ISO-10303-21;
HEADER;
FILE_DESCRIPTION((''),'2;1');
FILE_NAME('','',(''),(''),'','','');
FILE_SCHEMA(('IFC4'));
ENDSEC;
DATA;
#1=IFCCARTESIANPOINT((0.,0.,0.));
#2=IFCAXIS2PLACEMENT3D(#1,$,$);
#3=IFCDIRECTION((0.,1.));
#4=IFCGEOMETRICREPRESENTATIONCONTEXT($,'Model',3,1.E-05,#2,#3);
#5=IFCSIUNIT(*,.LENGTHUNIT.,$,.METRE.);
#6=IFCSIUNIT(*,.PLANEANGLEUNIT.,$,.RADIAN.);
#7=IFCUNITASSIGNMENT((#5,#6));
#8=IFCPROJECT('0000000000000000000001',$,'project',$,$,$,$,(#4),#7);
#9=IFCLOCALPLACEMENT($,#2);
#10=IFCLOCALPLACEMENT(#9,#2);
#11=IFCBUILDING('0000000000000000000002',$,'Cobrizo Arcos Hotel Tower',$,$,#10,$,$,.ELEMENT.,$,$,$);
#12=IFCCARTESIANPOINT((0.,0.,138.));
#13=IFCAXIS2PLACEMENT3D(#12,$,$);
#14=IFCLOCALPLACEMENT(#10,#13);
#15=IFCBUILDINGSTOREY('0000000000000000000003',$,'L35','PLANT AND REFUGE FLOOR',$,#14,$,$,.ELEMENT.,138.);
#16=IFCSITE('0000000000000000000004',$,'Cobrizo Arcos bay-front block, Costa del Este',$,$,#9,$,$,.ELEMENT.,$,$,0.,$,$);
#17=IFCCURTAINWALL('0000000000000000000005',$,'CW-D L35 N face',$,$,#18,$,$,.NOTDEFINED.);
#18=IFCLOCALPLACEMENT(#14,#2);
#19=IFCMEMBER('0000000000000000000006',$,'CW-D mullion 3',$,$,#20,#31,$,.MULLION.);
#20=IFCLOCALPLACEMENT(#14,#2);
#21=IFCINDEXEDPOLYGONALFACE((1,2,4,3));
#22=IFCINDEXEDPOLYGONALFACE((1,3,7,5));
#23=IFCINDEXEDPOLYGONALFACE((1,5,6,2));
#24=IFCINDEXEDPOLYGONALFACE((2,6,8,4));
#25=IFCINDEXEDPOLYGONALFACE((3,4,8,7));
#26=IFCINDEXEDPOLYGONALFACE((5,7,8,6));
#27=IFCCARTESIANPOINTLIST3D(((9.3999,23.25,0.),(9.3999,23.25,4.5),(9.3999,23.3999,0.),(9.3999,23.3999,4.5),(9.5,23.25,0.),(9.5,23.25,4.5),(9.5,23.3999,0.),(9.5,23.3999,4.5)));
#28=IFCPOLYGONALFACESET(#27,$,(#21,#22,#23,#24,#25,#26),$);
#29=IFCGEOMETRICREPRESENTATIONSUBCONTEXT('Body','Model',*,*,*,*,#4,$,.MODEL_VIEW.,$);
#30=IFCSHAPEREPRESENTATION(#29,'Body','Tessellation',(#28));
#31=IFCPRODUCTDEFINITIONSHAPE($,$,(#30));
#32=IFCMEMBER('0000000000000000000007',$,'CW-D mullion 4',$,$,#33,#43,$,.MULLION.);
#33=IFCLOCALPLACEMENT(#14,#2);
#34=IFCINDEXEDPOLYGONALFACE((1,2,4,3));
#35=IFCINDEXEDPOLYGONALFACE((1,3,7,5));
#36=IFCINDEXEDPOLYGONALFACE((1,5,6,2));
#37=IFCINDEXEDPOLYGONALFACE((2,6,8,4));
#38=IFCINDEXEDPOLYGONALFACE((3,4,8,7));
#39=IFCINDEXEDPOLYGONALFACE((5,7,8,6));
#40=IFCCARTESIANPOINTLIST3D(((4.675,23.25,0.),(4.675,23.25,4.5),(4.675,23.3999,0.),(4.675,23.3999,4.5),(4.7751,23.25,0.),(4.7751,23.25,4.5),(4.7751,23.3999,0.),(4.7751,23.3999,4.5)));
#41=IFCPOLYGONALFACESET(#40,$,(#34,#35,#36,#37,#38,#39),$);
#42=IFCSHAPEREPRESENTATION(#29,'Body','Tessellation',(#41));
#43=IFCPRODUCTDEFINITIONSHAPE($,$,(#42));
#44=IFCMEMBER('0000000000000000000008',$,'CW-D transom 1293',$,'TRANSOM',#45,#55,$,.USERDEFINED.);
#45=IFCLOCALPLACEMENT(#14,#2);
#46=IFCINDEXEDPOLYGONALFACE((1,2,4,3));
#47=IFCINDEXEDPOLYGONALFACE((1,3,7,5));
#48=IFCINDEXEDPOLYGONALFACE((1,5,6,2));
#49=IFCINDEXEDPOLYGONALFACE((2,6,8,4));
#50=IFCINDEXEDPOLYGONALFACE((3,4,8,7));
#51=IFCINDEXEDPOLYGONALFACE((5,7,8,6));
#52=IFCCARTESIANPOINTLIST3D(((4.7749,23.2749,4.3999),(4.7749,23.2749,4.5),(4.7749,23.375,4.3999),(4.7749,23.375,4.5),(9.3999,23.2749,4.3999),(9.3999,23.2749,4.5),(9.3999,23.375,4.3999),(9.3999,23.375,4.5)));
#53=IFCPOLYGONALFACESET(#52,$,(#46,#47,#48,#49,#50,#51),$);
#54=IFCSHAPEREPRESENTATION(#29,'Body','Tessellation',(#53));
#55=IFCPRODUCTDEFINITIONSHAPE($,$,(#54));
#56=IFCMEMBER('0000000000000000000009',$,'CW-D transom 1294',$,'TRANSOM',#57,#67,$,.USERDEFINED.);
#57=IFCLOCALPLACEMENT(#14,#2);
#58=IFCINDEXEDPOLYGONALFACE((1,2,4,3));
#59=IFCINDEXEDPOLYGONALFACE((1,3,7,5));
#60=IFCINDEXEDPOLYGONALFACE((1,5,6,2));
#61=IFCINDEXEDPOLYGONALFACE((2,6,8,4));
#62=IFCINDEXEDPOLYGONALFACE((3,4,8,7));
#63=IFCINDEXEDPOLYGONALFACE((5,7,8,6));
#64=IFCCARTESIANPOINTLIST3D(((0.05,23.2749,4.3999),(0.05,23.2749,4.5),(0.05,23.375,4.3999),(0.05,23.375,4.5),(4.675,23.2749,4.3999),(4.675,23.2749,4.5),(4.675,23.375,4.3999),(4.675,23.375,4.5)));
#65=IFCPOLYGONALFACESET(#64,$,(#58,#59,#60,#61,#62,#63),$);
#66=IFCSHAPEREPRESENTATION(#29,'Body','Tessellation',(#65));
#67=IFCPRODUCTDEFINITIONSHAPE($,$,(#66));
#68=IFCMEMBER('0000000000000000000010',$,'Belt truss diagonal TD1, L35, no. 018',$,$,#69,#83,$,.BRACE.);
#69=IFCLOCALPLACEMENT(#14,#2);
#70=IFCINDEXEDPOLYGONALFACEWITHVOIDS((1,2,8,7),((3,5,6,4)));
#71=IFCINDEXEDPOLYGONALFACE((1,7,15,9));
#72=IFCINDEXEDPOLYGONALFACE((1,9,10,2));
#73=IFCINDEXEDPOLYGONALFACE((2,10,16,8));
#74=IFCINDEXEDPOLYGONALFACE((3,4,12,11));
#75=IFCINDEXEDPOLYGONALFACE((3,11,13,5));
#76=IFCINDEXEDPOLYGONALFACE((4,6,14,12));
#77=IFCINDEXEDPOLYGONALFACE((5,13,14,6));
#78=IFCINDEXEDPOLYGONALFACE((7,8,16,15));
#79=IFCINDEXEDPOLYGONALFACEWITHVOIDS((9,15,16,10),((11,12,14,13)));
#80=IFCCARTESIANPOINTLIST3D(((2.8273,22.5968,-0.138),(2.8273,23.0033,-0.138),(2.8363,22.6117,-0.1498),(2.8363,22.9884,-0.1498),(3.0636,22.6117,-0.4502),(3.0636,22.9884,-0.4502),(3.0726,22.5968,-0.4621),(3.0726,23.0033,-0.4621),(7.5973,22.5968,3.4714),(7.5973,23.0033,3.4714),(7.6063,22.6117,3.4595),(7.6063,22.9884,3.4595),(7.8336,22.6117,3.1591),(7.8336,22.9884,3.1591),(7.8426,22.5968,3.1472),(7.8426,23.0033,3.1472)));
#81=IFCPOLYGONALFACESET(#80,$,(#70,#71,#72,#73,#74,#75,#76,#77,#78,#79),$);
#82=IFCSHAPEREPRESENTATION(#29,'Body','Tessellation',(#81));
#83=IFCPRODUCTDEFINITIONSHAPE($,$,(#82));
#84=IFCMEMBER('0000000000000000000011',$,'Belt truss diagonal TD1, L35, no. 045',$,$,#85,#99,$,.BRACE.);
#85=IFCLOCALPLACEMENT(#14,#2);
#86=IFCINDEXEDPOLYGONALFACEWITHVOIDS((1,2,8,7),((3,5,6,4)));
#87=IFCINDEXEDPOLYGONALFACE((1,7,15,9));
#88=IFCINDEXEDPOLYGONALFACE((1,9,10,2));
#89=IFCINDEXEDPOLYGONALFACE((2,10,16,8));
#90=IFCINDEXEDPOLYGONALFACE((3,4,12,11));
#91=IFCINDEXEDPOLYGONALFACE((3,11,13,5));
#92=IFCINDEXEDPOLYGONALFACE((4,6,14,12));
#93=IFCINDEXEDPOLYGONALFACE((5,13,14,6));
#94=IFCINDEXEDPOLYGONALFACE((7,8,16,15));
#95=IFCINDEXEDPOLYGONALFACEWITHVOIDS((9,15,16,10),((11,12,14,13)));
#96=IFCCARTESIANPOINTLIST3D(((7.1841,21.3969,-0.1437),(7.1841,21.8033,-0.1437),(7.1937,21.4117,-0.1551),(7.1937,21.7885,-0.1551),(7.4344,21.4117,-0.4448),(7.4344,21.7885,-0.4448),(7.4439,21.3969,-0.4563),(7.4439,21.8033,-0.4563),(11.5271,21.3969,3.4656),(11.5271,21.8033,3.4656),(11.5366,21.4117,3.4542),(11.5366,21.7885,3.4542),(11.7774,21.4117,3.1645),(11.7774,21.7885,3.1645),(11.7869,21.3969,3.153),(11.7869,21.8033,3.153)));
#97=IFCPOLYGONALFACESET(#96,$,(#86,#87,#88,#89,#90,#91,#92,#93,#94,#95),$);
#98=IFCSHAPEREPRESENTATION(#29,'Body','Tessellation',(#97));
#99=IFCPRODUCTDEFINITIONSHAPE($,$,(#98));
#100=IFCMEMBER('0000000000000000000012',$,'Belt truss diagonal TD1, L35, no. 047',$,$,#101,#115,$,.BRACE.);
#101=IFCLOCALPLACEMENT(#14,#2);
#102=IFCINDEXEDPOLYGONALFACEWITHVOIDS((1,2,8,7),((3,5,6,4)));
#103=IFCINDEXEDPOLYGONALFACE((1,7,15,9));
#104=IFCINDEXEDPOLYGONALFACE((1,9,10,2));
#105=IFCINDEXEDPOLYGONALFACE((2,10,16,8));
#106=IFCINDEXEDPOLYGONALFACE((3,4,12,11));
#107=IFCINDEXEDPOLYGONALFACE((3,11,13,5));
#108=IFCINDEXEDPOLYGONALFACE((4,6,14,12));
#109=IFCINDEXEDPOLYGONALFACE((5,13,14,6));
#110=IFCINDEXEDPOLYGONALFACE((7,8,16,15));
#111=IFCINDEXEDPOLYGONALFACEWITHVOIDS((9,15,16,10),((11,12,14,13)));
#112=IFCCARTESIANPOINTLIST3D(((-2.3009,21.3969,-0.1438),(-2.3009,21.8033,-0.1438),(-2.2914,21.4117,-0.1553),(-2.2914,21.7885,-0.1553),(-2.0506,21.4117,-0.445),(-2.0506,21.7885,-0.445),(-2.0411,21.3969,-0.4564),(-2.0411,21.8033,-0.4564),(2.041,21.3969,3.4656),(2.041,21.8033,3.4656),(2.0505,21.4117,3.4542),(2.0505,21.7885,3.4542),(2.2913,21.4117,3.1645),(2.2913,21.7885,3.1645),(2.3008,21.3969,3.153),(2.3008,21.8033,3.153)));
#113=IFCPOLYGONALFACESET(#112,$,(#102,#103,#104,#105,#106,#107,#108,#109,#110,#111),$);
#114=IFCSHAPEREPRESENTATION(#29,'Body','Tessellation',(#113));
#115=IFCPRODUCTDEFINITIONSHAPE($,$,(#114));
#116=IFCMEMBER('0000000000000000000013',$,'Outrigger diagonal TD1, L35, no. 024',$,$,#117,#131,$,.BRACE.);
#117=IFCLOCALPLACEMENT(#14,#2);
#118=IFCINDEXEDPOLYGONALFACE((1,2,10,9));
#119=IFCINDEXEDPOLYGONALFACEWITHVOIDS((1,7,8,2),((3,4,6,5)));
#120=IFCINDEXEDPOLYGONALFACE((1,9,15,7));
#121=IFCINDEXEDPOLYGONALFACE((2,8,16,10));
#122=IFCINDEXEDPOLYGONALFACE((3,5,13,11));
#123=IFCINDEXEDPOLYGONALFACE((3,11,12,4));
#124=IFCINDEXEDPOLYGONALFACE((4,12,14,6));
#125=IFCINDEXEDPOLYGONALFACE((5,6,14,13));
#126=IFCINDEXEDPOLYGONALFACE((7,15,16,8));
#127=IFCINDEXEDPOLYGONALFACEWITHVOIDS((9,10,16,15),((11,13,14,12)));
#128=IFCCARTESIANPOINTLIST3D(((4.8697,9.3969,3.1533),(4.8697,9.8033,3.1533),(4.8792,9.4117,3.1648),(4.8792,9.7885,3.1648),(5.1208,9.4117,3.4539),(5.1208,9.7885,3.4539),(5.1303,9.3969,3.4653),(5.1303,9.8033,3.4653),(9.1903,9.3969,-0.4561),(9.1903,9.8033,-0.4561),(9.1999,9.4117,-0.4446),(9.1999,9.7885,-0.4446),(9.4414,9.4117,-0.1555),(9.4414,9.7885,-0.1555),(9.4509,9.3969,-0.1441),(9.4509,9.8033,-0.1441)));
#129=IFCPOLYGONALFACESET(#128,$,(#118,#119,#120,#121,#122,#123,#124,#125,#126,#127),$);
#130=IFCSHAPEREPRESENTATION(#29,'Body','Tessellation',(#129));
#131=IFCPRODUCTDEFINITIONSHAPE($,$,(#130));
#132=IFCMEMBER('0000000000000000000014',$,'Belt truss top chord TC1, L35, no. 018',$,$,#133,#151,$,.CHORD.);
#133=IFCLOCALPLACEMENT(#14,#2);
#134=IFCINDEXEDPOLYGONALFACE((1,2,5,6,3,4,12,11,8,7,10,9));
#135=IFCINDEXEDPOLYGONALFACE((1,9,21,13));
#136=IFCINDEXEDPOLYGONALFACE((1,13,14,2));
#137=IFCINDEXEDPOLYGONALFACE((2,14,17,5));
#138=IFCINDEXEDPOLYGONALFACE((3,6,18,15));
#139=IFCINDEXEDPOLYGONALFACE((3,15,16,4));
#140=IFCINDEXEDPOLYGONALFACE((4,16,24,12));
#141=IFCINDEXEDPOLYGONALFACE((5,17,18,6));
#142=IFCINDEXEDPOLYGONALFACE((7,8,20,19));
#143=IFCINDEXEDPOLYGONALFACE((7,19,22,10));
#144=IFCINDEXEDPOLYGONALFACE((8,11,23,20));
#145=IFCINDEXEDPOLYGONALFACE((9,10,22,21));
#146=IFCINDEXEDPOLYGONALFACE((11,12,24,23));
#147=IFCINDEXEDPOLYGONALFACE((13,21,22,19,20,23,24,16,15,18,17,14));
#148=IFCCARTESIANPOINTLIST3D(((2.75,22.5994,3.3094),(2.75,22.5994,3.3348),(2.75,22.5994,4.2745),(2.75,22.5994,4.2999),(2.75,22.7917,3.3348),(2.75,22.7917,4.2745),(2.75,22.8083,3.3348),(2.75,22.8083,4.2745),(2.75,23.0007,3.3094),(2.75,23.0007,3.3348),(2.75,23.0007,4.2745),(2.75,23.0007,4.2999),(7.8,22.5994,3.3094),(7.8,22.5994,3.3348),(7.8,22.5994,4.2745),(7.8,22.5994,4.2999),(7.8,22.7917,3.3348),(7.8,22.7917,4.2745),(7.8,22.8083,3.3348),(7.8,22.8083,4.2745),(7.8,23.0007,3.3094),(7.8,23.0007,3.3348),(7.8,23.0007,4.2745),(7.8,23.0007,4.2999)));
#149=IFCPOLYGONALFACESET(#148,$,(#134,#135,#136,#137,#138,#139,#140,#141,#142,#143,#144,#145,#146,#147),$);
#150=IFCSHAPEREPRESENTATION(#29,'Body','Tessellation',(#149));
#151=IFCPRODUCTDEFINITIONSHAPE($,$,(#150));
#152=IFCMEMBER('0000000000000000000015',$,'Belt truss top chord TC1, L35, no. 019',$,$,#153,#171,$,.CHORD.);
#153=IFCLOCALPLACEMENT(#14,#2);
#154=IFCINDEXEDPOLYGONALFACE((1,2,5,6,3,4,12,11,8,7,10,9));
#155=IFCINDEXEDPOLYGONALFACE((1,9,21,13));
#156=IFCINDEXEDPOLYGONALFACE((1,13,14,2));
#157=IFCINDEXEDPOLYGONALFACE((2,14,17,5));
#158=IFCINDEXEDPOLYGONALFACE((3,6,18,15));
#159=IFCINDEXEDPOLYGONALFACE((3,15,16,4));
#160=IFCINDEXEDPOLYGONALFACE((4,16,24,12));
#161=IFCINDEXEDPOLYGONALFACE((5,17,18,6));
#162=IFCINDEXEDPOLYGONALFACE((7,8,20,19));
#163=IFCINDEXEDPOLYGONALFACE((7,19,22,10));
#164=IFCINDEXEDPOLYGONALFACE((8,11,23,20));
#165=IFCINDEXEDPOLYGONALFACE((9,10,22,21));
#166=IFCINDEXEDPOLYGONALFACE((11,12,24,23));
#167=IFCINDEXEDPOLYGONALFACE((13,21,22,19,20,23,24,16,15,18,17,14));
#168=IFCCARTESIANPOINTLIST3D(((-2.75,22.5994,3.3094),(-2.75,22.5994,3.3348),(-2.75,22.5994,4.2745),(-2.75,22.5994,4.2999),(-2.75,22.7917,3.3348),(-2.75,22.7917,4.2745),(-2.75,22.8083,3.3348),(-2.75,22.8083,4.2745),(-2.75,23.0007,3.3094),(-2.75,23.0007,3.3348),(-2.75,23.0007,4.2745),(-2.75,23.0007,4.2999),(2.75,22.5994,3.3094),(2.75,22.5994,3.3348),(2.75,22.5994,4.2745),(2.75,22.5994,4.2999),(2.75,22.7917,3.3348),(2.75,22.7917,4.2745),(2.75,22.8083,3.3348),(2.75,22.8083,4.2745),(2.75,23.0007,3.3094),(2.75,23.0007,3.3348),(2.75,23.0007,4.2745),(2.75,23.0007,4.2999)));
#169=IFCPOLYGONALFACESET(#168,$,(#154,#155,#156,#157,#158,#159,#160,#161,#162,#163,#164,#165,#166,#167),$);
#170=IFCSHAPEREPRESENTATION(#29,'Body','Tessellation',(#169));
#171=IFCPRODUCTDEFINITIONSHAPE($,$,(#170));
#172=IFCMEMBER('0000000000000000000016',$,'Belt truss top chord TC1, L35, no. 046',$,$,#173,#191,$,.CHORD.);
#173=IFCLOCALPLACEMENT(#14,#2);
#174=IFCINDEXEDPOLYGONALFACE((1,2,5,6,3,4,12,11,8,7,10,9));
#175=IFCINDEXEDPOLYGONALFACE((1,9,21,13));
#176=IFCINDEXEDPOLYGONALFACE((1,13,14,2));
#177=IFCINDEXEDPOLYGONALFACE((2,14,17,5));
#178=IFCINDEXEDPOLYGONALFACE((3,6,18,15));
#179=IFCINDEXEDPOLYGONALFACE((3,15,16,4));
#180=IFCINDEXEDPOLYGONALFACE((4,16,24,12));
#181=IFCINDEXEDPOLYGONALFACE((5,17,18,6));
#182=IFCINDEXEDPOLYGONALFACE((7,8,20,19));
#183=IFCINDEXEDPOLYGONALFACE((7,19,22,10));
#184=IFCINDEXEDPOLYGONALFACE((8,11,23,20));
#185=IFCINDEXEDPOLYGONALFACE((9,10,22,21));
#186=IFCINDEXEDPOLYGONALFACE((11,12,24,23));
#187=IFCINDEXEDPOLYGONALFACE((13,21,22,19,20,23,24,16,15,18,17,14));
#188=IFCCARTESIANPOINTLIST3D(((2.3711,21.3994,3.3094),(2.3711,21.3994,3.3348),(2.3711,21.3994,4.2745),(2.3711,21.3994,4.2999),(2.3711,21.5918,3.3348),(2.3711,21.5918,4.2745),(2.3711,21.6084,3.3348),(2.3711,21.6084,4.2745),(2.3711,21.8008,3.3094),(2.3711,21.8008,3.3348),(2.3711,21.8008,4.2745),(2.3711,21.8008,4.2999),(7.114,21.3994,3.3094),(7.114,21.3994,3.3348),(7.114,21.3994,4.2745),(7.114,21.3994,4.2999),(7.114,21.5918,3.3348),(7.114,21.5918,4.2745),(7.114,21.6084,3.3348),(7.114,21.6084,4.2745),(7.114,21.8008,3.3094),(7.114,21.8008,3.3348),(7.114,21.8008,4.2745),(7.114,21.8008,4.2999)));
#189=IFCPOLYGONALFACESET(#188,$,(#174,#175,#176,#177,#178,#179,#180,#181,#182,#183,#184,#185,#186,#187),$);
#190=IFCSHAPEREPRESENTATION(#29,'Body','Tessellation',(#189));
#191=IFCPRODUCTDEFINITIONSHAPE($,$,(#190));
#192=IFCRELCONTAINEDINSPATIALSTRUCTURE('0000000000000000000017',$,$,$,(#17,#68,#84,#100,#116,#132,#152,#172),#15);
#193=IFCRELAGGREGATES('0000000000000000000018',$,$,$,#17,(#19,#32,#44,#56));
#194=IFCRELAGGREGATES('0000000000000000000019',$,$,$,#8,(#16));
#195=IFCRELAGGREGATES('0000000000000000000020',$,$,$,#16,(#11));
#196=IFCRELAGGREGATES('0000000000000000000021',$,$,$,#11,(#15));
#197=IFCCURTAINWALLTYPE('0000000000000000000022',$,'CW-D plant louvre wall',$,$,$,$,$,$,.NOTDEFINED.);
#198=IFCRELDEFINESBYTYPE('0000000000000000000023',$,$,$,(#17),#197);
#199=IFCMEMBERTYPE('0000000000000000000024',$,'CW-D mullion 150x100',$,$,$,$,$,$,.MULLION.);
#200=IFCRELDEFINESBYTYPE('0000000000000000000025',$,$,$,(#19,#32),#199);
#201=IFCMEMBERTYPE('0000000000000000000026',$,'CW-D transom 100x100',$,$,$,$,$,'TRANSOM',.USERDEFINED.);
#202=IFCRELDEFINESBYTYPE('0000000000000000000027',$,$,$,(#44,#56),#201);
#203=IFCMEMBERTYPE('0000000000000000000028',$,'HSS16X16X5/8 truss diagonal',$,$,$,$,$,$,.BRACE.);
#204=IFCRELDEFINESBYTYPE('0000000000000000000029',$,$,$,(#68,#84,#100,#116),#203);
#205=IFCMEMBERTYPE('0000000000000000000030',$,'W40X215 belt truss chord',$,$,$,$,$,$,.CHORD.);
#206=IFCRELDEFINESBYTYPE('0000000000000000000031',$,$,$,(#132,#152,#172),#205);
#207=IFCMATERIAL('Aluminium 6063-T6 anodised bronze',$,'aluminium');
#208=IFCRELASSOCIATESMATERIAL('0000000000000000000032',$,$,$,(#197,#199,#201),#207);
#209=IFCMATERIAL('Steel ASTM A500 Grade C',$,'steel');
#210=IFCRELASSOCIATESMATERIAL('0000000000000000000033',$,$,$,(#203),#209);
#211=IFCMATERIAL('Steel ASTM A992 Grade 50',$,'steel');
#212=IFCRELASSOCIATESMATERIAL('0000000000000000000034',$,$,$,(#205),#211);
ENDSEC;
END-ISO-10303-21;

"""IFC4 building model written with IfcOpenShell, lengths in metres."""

from ifc_helpers import new_model, si_unit, direction, frame, origin, origin_2d, place, context, subcontext, project, spatial, rectangle, hollow_rectangle, i_section, extrude, material, material_profile, profile_set, type_object, element, aggregate, save


model = new_model("IFC4")

# Units and contexts
model_context = context("Model", 3, precision=1e-05, world=origin(), true_north=direction((0.0, 1.0)))
body_context = subcontext(model_context, "Body", "Model", "MODEL_VIEW")
ifc_project = project(units=[si_unit("LENGTHUNIT", "METRE"), si_unit("PLANEANGLEUNIT", "RADIAN")], contexts=[model_context])

# Site, building, storey
site_placement = place(None, origin())
site = spatial("IfcSite", under=ifc_project, at=site_placement, Name="Cobrizo Arcos bay-front block, Costa del Este", CompositionType="ELEMENT", RefElevation=0.0)
building_placement = place(site_placement, origin())
building = spatial("IfcBuilding", under=site, at=building_placement, Name="Cobrizo Arcos Hotel Tower", CompositionType="ELEMENT")
storey_placement = place(building_placement, frame((0.0, 0.0, 138.0)))
storey = spatial("IfcBuildingStorey", under=building, at=storey_placement, Name="L35", Description="PLANT AND REFUGE FLOOR", CompositionType="ELEMENT", Elevation=138.0)

# Curtain wall, members
ifc_material_1 = material(Name="Aluminium 6063-T6 anodised bronze", Category="aluminium")
curtain_wall_type = type_object("IfcCurtainWallType", Name="CW-D plant louvre wall", PredefinedType="NOTDEFINED", material=ifc_material_1)
curtain_wall_placement = place(storey_placement, origin())
curtain_wall = element("IfcCurtainWall", 1, at=curtain_wall_placement, inside=storey, type_object=curtain_wall_type, Name="CW-D L35 N face", PredefinedType="NOTDEFINED")
ifc_material_profile_1 = material_profile(ifc_material_1, rectangle(XDim=0.1499, YDim=0.1001, at=origin_2d()), Name="CW-D mullion 150x100")
ifc_profile_set_1 = profile_set([ifc_material_profile_1], Name="Aluminium 6063-T6 anodised bronze")
member_type_1 = type_object("IfcMemberType", Name="CW-D mullion 150x100", PredefinedType="MULLION", material=ifc_profile_set_1)
member_1_placement = place(storey_placement, frame((9.45, 23.325, 0.0), z_axis=(0.0, 0.0, 1.0), x_axis=(0.0, 1.0, 0.0)))
member_1 = element("IfcMember", 2, at=member_1_placement, type_object=member_type_1, Name="CW-D mullion 3", PredefinedType="MULLION", context=body_context, shape_type="SweptSolid", body=[
    extrude(rectangle(XDim=0.1499, YDim=0.1001, at=origin_2d()), origin(), (0.0, 0.0, 1.0), 4.5),
])
member_2_placement = place(storey_placement, frame((4.7251, 23.325, 0.0), z_axis=(0.0, 0.0, 1.0), x_axis=(0.0, 1.0, 0.0)))
member_2 = element("IfcMember", 3, at=member_2_placement, type_object=member_type_1, Name="CW-D mullion 4", PredefinedType="MULLION", context=body_context, shape_type="SweptSolid", body=[
    extrude(rectangle(XDim=0.1499, YDim=0.1001, at=origin_2d()), origin(), (0.0, 0.0, 1.0), 4.5),
])
ifc_material_profile_2 = material_profile(ifc_material_1, rectangle(XDim=0.1001, YDim=0.1001, at=origin_2d()), Name="CW-D transom 100x100")
ifc_profile_set_2 = profile_set([ifc_material_profile_2], Name="Aluminium 6063-T6 anodised bronze")
member_type_2 = type_object("IfcMemberType", Name="CW-D transom 100x100", ElementType="TRANSOM", PredefinedType="USERDEFINED", material=ifc_profile_set_2)
member_3_placement = place(storey_placement, frame((9.3999, 23.325, 4.45), z_axis=(-1.0, 0.0, 0.0), x_axis=(0.0, -1.0, 0.0)))
member_3 = element("IfcMember", 4, at=member_3_placement, type_object=member_type_2, Name="CW-D transom 1293", ObjectType="TRANSOM", PredefinedType="USERDEFINED", context=body_context, shape_type="SweptSolid", body=[
    extrude(rectangle(XDim=0.1001, YDim=0.1001, at=origin_2d()), origin(), (0.0, 0.0, 1.0), 4.625),
])
member_4_placement = place(storey_placement, frame((4.675, 23.325, 4.45), z_axis=(-1.0, 0.0, 0.0), x_axis=(0.0, -1.0, 0.0)))
member_4 = element("IfcMember", 5, at=member_4_placement, type_object=member_type_2, Name="CW-D transom 1294", ObjectType="TRANSOM", PredefinedType="USERDEFINED", context=body_context, shape_type="SweptSolid", body=[
    extrude(rectangle(XDim=0.1001, YDim=0.1001, at=origin_2d()), origin(), (0.0, 0.0, 1.0), 4.625),
])

# Members
ifc_material_2 = material(Name="Steel ASTM A500 Grade C", Category="steel")
ifc_material_profile_3 = material_profile(ifc_material_2, hollow_rectangle(XDim=0.4065, YDim=0.4065, WallThickness=0.0149, at=origin_2d()), Name="HSS16X16X5/8")
ifc_profile_set_3 = profile_set([ifc_material_profile_3], Name="Steel ASTM A500 Grade C")
member_type_3 = type_object("IfcMemberType", Name="HSS16X16X5/8 truss diagonal", PredefinedType="BRACE", material=ifc_profile_set_3)
member_5_placement = place(storey_placement, frame((7.72, 22.8, 3.3093), z_axis=(-0.797436, 0.0, -0.603403), x_axis=(0.0, -1.0, 0.0)))
element("IfcMember", 6, at=member_5_placement, inside=storey, type_object=member_type_3, Name="Belt truss diagonal TD1, L35, no. 018", PredefinedType="BRACE", context=body_context, shape_type="SweptSolid", body=[
    extrude(hollow_rectangle(XDim=0.4065, YDim=0.4065, WallThickness=0.0149, at=origin_2d()), origin(), (0.0, 0.0, 1.0), 5.9817),
])
member_6_placement = place(storey_placement, frame((11.657, 21.6001, 3.3093), z_axis=(-0.769075, 0.0, -0.639159), x_axis=(0.0, -1.0, 0.0)))
element("IfcMember", 7, at=member_6_placement, inside=storey, type_object=member_type_3, Name="Belt truss diagonal TD1, L35, no. 045", PredefinedType="BRACE", context=body_context, shape_type="SweptSolid", body=[
    extrude(hollow_rectangle(XDim=0.4065, YDim=0.4065, WallThickness=0.0149, at=origin_2d()), origin(), (0.0, 0.0, 1.0), 5.647),
])
member_7_placement = place(storey_placement, frame((2.1709, 21.6001, 3.3093), z_axis=(-0.768986, 0.0, -0.639265), x_axis=(0.0, -1.0, 0.0)))
element("IfcMember", 8, at=member_7_placement, inside=storey, type_object=member_type_3, Name="Belt truss diagonal TD1, L35, no. 047", PredefinedType="BRACE", context=body_context, shape_type="SweptSolid", body=[
    extrude(hollow_rectangle(XDim=0.4065, YDim=0.4065, WallThickness=0.0149, at=origin_2d()), origin(), (0.0, 0.0, 1.0), 5.6462),
])
member_8_placement = place(storey_placement, frame((5.0, 9.6001, 3.3093), z_axis=(0.767442, 0.0, -0.641118), x_axis=(0.0, 1.0, 0.0)))
element("IfcMember", 9, at=member_8_placement, inside=storey, type_object=member_type_3, Name="Outrigger diagonal TD1, L35, no. 024", PredefinedType="BRACE", context=body_context, shape_type="SweptSolid", body=[
    extrude(hollow_rectangle(XDim=0.4065, YDim=0.4065, WallThickness=0.0149, at=origin_2d()), origin(), (0.0, 0.0, 1.0), 5.6299),
])
ifc_material_3 = material(Name="Steel ASTM A992 Grade 50", Category="steel")
ifc_material_profile_4 = material_profile(ifc_material_3, i_section(OverallWidth=0.4014, OverallDepth=0.9905, WebThickness=0.0166, FlangeThickness=0.0254, at=origin_2d()), Name="W40X215")
ifc_profile_set_4 = profile_set([ifc_material_profile_4], Name="Steel ASTM A992 Grade 50")
member_type_4 = type_object("IfcMemberType", Name="W40X215 belt truss chord", PredefinedType="CHORD", material=ifc_profile_set_4)
member_9_placement = place(storey_placement, frame((7.8, 22.8, 3.8047), z_axis=(-1.0, 0.0, 0.0), x_axis=(0.0, -1.0, 0.0)))
element("IfcMember", 10, at=member_9_placement, inside=storey, type_object=member_type_4, Name="Belt truss top chord TC1, L35, no. 018", PredefinedType="CHORD", context=body_context, shape_type="SweptSolid", body=[
    extrude(i_section(OverallWidth=0.4014, OverallDepth=0.9905, WebThickness=0.0166, FlangeThickness=0.0254, at=origin_2d()), origin(), (0.0, 0.0, 1.0), 5.05),
])
member_10_placement = place(storey_placement, frame((2.75, 22.8, 3.8047), z_axis=(-1.0, 0.0, 0.0), x_axis=(0.0, -1.0, 0.0)))
element("IfcMember", 11, at=member_10_placement, inside=storey, type_object=member_type_4, Name="Belt truss top chord TC1, L35, no. 019", PredefinedType="CHORD", context=body_context, shape_type="SweptSolid", body=[
    extrude(i_section(OverallWidth=0.4014, OverallDepth=0.9905, WebThickness=0.0166, FlangeThickness=0.0254, at=origin_2d()), origin(), (0.0, 0.0, 1.0), 5.5),
])
member_11_placement = place(storey_placement, frame((7.114, 21.6001, 3.8047), z_axis=(-1.0, 0.0, 0.0), x_axis=(0.0, -1.0, 0.0)))
element("IfcMember", 12, at=member_11_placement, inside=storey, type_object=member_type_4, Name="Belt truss top chord TC1, L35, no. 046", PredefinedType="CHORD", context=body_context, shape_type="SweptSolid", body=[
    extrude(i_section(OverallWidth=0.4014, OverallDepth=0.9905, WebThickness=0.0166, FlangeThickness=0.0254, at=origin_2d()), origin(), (0.0, 0.0, 1.0), 4.7429),
])

aggregate(curtain_wall, [member_1, member_2, member_3, member_4])

save(model, "model.ifc")
